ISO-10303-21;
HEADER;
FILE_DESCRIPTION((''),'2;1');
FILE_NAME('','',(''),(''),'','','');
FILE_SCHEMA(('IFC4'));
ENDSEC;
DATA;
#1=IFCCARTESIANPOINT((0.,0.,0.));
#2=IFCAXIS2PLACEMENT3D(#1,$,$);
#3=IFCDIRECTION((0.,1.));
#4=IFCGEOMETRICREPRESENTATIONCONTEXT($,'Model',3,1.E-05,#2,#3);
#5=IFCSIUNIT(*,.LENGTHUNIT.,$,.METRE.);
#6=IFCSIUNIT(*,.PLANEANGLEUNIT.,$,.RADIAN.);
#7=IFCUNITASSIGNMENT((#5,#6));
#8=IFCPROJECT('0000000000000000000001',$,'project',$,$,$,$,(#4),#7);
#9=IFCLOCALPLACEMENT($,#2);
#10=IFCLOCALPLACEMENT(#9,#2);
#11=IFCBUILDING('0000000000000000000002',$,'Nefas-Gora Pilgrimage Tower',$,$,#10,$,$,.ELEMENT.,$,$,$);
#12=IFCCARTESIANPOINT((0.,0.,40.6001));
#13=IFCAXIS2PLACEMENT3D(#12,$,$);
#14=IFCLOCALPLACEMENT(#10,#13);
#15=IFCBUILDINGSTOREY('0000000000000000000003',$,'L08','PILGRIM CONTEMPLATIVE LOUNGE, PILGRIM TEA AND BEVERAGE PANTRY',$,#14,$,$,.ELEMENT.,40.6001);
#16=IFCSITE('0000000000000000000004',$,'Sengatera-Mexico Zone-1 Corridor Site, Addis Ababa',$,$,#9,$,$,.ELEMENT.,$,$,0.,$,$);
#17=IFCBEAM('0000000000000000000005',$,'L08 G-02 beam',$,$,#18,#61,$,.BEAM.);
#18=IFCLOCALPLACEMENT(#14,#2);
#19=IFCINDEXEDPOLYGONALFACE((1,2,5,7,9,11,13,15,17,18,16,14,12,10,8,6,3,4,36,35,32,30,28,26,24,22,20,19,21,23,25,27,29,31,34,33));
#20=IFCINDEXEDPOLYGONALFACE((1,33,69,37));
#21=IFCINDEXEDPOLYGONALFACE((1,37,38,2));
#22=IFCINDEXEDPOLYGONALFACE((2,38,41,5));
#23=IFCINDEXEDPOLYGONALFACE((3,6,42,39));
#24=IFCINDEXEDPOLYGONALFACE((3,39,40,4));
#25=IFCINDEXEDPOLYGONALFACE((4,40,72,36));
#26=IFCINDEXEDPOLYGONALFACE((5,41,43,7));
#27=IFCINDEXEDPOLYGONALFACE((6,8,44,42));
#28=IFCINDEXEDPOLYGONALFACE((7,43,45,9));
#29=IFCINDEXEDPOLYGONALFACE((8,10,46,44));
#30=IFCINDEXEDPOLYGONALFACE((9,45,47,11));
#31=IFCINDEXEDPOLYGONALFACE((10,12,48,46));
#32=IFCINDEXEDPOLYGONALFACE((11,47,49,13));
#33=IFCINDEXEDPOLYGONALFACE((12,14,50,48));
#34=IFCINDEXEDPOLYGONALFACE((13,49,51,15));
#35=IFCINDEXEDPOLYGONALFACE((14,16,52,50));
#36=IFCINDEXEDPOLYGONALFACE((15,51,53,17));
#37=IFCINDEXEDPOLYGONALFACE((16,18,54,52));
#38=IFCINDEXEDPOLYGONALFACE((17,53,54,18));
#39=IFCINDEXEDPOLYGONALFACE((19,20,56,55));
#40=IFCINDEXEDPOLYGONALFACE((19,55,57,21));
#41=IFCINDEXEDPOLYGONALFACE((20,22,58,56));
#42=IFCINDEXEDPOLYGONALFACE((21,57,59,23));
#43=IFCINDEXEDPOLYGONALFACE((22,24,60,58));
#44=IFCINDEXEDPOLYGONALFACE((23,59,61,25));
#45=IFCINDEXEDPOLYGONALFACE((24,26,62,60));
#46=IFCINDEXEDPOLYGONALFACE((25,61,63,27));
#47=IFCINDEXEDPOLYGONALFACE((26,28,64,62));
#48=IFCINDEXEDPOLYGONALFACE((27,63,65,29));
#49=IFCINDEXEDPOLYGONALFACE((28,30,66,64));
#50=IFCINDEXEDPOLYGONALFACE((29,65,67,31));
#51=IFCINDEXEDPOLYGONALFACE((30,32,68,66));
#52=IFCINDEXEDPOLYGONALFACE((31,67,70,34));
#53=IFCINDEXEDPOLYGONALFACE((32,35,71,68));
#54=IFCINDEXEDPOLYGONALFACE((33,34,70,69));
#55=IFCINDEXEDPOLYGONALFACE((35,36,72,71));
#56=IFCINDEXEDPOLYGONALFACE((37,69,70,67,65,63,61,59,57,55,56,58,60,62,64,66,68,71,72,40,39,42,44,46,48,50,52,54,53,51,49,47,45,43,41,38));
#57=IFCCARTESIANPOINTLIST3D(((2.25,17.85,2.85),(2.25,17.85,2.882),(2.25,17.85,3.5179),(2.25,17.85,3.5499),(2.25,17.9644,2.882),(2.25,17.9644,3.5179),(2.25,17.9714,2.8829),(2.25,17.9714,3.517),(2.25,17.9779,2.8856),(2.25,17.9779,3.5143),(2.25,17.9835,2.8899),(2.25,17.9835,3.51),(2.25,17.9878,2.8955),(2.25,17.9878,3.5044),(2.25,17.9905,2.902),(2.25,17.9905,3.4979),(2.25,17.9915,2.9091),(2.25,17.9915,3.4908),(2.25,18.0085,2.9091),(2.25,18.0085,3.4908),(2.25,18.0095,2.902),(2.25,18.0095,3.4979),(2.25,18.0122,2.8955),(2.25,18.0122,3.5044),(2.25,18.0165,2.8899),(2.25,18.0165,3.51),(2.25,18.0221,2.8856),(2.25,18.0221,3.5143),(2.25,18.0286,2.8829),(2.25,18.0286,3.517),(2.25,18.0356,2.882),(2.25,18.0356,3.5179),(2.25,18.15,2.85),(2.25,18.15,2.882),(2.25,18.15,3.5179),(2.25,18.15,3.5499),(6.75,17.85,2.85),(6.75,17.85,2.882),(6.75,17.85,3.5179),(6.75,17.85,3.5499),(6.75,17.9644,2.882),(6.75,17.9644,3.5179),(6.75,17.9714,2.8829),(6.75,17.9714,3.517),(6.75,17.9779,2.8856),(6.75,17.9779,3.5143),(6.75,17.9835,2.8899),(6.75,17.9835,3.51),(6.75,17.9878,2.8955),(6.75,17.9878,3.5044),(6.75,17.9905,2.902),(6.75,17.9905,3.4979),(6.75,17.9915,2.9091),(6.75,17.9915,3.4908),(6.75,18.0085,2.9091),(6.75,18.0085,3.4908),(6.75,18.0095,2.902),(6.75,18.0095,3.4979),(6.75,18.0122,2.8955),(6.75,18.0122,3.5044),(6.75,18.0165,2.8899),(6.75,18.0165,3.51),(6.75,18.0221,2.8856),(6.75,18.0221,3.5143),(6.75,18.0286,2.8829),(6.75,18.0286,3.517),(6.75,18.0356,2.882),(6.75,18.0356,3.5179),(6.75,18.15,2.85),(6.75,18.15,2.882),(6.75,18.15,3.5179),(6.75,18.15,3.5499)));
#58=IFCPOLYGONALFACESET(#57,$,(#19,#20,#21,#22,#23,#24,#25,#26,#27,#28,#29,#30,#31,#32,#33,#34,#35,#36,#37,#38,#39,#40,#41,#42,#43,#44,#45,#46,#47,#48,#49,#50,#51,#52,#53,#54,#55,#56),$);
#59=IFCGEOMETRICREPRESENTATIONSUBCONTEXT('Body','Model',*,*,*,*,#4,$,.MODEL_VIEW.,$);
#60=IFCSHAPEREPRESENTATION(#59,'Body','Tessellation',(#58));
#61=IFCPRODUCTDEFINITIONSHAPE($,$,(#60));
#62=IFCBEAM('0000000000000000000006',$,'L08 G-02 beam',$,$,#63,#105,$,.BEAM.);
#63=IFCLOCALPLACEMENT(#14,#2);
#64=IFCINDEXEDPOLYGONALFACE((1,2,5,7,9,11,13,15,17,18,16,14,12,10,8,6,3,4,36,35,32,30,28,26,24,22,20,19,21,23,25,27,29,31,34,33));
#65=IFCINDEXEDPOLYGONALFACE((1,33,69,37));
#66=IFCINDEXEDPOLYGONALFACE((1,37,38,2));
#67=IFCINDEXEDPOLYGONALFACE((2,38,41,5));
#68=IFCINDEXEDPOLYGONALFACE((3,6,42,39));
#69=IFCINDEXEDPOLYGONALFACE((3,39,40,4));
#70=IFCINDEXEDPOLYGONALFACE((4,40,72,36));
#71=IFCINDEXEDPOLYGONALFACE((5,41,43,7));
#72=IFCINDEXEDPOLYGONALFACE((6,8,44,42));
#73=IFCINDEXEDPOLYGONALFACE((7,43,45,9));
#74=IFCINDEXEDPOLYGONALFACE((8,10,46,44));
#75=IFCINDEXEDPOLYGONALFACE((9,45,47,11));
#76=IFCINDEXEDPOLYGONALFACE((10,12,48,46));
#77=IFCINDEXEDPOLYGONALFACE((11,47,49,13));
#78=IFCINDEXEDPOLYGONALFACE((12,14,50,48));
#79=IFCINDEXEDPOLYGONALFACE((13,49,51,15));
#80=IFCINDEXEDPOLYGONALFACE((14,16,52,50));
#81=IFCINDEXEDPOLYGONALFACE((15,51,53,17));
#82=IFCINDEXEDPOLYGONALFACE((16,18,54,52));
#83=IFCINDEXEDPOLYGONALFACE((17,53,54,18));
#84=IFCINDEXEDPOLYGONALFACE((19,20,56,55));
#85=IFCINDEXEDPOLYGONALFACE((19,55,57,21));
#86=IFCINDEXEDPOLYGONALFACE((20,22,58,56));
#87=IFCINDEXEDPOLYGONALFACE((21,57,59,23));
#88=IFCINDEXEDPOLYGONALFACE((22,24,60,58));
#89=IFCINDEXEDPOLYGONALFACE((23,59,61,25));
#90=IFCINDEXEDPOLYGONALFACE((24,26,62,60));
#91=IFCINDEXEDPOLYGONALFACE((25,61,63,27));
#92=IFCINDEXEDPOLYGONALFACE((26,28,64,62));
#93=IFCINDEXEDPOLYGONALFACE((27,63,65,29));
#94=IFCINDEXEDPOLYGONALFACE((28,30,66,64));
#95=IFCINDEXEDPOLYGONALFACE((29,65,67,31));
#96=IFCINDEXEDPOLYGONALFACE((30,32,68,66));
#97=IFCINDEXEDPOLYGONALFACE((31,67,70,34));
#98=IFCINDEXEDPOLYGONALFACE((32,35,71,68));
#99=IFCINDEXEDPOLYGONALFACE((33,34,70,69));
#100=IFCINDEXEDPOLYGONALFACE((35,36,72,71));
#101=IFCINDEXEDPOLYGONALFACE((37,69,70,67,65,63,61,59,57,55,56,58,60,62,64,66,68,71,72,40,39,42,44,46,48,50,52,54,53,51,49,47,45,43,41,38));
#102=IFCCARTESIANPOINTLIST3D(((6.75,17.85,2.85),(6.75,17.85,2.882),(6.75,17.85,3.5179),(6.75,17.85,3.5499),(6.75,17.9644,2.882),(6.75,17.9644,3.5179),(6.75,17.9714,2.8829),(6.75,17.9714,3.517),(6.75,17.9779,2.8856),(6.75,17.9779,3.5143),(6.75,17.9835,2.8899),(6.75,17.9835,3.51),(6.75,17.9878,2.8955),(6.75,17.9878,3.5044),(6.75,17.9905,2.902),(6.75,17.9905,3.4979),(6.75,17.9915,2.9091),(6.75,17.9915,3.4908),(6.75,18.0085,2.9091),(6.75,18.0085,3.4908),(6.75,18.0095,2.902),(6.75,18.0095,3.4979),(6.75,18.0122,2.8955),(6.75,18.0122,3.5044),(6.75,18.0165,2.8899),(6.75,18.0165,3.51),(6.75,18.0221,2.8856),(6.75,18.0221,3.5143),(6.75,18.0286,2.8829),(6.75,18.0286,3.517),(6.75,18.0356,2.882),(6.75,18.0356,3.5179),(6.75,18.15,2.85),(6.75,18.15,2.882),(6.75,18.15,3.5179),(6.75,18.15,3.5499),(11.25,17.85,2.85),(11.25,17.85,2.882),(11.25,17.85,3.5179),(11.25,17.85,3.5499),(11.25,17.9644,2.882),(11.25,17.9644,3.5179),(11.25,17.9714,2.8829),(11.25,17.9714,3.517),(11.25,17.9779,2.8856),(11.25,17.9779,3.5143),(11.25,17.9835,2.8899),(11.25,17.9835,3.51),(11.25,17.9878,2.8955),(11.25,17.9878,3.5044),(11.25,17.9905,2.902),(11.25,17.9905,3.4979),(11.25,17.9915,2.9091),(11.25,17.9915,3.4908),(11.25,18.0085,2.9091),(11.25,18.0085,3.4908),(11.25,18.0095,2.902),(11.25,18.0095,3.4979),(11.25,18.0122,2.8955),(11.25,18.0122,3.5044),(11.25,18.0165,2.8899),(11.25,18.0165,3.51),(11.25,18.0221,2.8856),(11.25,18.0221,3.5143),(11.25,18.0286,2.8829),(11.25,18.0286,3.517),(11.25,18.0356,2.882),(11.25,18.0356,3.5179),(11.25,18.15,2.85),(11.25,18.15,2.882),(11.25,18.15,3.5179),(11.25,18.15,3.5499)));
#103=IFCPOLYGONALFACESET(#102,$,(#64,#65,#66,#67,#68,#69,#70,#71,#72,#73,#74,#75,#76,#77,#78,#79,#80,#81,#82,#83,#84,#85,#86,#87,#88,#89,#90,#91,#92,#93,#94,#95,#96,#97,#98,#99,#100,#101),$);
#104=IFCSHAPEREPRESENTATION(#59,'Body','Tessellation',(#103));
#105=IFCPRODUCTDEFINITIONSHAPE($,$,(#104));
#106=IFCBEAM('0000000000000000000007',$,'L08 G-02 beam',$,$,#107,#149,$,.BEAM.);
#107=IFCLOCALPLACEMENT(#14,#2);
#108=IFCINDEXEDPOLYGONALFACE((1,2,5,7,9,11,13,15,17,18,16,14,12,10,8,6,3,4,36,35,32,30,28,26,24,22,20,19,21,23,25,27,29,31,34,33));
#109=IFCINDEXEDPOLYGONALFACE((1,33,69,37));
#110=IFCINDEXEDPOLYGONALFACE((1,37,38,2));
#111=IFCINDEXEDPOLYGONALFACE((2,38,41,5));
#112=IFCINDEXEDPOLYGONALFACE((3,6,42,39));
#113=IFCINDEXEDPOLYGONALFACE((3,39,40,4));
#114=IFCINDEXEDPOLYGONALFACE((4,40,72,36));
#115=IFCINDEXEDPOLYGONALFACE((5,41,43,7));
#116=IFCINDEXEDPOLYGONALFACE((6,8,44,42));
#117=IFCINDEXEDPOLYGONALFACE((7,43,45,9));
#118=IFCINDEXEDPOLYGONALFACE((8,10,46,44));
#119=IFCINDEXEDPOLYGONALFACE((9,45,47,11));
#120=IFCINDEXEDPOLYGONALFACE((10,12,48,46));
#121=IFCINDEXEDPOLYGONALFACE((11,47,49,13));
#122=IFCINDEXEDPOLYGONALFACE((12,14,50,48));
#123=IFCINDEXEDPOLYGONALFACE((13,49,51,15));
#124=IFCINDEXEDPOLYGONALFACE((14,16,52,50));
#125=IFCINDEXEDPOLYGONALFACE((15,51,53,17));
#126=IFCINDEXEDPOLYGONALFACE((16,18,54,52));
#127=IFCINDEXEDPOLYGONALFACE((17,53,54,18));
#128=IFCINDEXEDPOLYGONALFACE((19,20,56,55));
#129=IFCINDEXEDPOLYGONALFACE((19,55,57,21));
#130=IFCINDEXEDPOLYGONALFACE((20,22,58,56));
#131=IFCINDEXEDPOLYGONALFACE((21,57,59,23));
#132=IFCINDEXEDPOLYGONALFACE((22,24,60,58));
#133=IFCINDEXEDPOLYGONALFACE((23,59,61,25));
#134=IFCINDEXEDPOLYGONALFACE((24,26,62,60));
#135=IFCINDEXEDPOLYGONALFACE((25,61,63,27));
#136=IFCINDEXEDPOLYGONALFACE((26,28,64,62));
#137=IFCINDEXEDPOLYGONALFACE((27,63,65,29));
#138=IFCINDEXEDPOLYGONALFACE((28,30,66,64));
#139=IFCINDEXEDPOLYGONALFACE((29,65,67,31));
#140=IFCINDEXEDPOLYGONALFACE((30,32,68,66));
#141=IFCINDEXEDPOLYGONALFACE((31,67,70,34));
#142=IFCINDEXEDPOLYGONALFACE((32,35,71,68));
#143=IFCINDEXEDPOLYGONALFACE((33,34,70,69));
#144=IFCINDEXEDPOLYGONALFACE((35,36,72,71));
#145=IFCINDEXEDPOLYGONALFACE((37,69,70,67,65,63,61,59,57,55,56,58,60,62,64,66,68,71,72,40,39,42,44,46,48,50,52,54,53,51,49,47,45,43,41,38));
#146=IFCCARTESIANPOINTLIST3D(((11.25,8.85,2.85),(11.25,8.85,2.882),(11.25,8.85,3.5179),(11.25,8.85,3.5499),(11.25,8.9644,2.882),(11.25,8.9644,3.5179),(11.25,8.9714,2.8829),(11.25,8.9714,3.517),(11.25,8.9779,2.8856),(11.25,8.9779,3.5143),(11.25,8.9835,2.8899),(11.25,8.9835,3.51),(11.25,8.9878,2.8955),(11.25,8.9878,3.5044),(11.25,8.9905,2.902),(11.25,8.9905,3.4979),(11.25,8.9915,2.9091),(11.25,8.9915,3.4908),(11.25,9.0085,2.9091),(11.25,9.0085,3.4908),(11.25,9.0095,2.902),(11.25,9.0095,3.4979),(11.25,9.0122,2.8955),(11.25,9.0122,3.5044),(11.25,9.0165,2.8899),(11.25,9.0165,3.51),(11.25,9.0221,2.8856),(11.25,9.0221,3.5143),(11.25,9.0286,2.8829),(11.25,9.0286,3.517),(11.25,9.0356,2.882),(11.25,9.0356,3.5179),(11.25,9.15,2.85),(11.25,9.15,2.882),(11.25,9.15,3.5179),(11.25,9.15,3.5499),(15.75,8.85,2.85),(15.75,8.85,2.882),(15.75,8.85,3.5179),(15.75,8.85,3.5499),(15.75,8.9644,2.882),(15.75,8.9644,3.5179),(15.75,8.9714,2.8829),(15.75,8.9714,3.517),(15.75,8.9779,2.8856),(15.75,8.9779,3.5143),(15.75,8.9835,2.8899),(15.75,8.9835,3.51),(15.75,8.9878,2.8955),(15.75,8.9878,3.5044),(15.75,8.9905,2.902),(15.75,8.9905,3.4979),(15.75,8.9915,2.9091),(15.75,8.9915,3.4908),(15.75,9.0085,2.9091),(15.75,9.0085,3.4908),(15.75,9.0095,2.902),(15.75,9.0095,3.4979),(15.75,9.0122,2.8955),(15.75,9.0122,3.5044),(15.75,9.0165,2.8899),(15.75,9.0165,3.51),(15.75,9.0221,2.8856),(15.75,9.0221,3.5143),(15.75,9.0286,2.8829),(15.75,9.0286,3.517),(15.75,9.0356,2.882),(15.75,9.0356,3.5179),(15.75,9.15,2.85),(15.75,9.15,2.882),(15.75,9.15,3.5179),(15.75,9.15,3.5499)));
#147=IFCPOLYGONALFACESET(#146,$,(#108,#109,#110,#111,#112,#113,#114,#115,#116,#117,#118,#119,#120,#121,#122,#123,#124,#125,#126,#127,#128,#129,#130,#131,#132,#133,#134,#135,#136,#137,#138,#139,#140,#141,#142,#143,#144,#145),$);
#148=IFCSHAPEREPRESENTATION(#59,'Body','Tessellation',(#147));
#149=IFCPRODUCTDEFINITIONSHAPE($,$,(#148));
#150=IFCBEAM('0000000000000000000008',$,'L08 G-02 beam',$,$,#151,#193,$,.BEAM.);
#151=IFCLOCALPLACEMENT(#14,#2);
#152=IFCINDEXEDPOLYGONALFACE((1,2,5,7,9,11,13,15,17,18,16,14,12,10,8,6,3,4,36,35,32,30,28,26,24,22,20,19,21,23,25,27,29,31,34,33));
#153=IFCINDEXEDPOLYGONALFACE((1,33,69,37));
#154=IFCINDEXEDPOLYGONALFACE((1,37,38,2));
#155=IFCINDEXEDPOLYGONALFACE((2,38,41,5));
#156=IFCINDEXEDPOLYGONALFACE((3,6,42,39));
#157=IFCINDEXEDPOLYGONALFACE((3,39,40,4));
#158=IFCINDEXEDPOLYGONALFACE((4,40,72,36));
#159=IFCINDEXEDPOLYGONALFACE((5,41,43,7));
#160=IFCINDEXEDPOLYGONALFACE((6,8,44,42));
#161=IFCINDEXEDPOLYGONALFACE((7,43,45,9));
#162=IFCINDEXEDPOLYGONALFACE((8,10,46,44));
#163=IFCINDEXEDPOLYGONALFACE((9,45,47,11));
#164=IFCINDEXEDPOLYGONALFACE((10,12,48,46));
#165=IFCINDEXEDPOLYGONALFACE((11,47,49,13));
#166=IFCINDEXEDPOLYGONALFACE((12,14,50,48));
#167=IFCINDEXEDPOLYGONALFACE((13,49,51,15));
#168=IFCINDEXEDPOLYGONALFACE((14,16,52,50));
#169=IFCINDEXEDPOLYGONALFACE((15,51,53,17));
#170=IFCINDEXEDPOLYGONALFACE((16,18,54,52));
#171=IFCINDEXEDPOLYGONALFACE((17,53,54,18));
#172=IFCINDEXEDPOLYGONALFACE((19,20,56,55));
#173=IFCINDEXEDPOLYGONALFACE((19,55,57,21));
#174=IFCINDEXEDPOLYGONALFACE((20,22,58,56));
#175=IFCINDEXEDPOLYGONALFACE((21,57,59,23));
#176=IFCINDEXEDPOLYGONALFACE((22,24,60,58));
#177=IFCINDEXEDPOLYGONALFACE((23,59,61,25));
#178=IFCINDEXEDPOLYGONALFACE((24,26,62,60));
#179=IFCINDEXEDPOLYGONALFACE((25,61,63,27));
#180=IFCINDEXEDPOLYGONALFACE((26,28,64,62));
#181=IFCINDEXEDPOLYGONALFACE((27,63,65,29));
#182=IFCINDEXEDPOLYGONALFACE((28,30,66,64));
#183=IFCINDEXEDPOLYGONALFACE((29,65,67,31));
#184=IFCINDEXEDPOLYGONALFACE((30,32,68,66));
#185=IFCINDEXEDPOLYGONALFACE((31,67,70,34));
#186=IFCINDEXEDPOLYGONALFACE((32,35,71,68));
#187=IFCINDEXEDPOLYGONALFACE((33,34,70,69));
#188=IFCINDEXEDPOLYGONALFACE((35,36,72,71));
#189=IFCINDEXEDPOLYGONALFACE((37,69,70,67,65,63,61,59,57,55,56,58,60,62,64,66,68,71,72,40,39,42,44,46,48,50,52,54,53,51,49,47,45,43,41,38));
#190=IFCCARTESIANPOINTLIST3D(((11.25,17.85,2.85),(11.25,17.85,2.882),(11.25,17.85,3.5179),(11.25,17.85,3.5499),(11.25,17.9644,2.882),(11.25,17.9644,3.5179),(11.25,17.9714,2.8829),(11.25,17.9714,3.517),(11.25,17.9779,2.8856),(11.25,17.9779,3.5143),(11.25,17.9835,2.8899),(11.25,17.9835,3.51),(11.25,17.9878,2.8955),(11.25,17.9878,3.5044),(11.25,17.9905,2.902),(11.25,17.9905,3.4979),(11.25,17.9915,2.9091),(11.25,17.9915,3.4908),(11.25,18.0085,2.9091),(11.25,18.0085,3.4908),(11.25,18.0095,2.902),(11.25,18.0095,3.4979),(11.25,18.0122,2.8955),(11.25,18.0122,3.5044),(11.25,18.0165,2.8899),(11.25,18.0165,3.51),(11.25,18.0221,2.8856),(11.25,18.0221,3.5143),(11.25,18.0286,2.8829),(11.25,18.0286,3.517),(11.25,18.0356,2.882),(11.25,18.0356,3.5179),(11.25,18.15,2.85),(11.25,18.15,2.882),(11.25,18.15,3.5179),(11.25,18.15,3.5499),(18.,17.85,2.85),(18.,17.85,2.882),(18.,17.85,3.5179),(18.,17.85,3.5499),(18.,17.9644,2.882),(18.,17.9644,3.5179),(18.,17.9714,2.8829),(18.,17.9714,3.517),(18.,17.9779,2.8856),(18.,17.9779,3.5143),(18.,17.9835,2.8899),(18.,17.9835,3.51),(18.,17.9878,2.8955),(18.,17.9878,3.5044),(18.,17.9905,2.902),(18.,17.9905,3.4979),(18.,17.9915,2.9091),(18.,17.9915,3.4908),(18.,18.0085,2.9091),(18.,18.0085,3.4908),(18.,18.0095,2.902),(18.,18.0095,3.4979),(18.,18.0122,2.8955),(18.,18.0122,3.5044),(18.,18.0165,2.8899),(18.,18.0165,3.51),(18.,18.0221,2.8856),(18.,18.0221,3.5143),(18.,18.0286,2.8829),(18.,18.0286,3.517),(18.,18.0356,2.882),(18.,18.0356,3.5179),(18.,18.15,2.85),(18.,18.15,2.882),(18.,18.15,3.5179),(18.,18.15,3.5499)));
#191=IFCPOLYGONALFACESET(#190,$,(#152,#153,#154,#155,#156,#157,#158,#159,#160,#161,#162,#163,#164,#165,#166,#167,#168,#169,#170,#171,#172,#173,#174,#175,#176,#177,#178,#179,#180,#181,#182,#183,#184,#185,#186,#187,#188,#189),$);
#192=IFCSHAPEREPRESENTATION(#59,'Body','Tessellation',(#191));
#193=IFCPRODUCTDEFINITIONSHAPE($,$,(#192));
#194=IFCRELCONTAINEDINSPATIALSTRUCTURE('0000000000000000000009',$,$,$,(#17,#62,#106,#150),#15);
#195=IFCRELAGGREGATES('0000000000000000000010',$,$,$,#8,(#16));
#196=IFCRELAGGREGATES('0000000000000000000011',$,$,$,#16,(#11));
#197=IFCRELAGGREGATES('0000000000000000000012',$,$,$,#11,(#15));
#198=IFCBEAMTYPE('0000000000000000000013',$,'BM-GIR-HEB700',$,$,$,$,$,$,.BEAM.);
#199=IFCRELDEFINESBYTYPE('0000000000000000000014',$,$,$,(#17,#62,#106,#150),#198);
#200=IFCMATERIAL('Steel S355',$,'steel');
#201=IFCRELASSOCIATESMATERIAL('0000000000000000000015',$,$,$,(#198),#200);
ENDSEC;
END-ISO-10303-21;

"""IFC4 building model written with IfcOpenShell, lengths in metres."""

from ifc_helpers import new_model, si_unit, direction, frame, origin, origin_2d, place, context, subcontext, project, spatial, i_section, extrude, source, transform, mapped, material, material_profile, profile_set, type_object, element, save


model = new_model("IFC4")

# Units and contexts
model_context = context("Model", 3, precision=1e-05, world=origin(), true_north=direction((0.0, 1.0)))
body_context = subcontext(model_context, "Body", "Model", "MODEL_VIEW")
ifc_project = project(units=[si_unit("LENGTHUNIT", "METRE"), si_unit("PLANEANGLEUNIT", "RADIAN")], contexts=[model_context])

# Site, building, storey
site_placement = place(None, origin())
site = spatial("IfcSite", under=ifc_project, at=site_placement, Name="Sengatera-Mexico Zone-1 Corridor Site, Addis Ababa", CompositionType="ELEMENT", RefElevation=0.0)
building_placement = place(site_placement, origin())
building = spatial("IfcBuilding", under=site, at=building_placement, Name="Nefas-Gora Pilgrimage Tower", CompositionType="ELEMENT")
storey_placement = place(building_placement, frame((0.0, 0.0, 40.6001)))
storey = spatial("IfcBuildingStorey", under=building, at=storey_placement, Name="L08", Description="PILGRIM CONTEMPLATIVE LOUNGE, PILGRIM TEA AND BEVERAGE PANTRY", CompositionType="ELEMENT", Elevation=40.6001)

# Beams
ifc_material_1 = material(Name="Steel S355", Category="steel")
ifc_material_profile_1 = material_profile(ifc_material_1, i_section(OverallWidth=0.3, OverallDepth=0.7, WebThickness=0.0171, FlangeThickness=0.032, FilletRadius=0.0271, at=origin_2d()), Name="HEB 700")
ifc_profile_set_1 = profile_set([ifc_material_profile_1], Name="Steel S355")
beam_type_1 = type_object("IfcBeamType", Name="BM-GIR-HEB700", PredefinedType="BEAM", material=ifc_profile_set_1)
shared_shape_1 = source(origin(), body_context, "Body", "SweptSolid", [
    extrude(i_section(OverallWidth=0.3, OverallDepth=0.7, WebThickness=0.0171, FlangeThickness=0.032, FilletRadius=0.0271, at=origin_2d()), origin(), (0.0, 0.0, 1.0), 4.5),
])
for number, where, z_axis, x_axis, name in (
    (1, (2.25, 18.0, 3.2), (1.0, 0.0, 0.0), (0.0, 1.0, 0.0), "L08 G-02 beam"),
    (2, (6.75, 18.0, 3.2), (1.0, 0.0, 0.0), (0.0, 1.0, 0.0), "L08 G-02 beam"),
    (3, (11.25, 9.0, 3.2), (1.0, 0.0, 0.0), (0.0, 1.0, 0.0), "L08 G-02 beam"),
):
    element("IfcBeam", number, at=place(storey_placement, frame(where, z_axis=z_axis, x_axis=x_axis)), inside=storey, type_object=beam_type_1, Name=name, PredefinedType="BEAM", context=body_context, shape_type="MappedRepresentation", body=[
        mapped(shared_shape_1, transform((0.0, 0.0, 0.0), x_axis=(1.0, 0.0, 0.0), y_axis=(0.0, 1.0, 0.0), z_axis=(0.0, 0.0, 1.0), scale=1.0)),
    ])
shared_shape_2 = source(origin(), body_context, "Body", "SweptSolid", [
    extrude(i_section(OverallWidth=0.3, OverallDepth=0.7, WebThickness=0.0171, FlangeThickness=0.032, FilletRadius=0.0271, at=origin_2d()), origin(), (0.0, 0.0, 1.0), 6.75),
])
beam_1_placement = place(storey_placement, frame((11.25, 18.0, 3.2), z_axis=(1.0, 0.0, 0.0), x_axis=(0.0, 1.0, 0.0)))
element("IfcBeam", 4, at=beam_1_placement, inside=storey, type_object=beam_type_1, Name="L08 G-02 beam", PredefinedType="BEAM", context=body_context, shape_type="MappedRepresentation", body=[
    mapped(shared_shape_2, transform((0.0, 0.0, 0.0), x_axis=(1.0, 0.0, 0.0), y_axis=(0.0, 1.0, 0.0), z_axis=(0.0, 0.0, 1.0), scale=1.0)),
])

save(model, "model.ifc")
